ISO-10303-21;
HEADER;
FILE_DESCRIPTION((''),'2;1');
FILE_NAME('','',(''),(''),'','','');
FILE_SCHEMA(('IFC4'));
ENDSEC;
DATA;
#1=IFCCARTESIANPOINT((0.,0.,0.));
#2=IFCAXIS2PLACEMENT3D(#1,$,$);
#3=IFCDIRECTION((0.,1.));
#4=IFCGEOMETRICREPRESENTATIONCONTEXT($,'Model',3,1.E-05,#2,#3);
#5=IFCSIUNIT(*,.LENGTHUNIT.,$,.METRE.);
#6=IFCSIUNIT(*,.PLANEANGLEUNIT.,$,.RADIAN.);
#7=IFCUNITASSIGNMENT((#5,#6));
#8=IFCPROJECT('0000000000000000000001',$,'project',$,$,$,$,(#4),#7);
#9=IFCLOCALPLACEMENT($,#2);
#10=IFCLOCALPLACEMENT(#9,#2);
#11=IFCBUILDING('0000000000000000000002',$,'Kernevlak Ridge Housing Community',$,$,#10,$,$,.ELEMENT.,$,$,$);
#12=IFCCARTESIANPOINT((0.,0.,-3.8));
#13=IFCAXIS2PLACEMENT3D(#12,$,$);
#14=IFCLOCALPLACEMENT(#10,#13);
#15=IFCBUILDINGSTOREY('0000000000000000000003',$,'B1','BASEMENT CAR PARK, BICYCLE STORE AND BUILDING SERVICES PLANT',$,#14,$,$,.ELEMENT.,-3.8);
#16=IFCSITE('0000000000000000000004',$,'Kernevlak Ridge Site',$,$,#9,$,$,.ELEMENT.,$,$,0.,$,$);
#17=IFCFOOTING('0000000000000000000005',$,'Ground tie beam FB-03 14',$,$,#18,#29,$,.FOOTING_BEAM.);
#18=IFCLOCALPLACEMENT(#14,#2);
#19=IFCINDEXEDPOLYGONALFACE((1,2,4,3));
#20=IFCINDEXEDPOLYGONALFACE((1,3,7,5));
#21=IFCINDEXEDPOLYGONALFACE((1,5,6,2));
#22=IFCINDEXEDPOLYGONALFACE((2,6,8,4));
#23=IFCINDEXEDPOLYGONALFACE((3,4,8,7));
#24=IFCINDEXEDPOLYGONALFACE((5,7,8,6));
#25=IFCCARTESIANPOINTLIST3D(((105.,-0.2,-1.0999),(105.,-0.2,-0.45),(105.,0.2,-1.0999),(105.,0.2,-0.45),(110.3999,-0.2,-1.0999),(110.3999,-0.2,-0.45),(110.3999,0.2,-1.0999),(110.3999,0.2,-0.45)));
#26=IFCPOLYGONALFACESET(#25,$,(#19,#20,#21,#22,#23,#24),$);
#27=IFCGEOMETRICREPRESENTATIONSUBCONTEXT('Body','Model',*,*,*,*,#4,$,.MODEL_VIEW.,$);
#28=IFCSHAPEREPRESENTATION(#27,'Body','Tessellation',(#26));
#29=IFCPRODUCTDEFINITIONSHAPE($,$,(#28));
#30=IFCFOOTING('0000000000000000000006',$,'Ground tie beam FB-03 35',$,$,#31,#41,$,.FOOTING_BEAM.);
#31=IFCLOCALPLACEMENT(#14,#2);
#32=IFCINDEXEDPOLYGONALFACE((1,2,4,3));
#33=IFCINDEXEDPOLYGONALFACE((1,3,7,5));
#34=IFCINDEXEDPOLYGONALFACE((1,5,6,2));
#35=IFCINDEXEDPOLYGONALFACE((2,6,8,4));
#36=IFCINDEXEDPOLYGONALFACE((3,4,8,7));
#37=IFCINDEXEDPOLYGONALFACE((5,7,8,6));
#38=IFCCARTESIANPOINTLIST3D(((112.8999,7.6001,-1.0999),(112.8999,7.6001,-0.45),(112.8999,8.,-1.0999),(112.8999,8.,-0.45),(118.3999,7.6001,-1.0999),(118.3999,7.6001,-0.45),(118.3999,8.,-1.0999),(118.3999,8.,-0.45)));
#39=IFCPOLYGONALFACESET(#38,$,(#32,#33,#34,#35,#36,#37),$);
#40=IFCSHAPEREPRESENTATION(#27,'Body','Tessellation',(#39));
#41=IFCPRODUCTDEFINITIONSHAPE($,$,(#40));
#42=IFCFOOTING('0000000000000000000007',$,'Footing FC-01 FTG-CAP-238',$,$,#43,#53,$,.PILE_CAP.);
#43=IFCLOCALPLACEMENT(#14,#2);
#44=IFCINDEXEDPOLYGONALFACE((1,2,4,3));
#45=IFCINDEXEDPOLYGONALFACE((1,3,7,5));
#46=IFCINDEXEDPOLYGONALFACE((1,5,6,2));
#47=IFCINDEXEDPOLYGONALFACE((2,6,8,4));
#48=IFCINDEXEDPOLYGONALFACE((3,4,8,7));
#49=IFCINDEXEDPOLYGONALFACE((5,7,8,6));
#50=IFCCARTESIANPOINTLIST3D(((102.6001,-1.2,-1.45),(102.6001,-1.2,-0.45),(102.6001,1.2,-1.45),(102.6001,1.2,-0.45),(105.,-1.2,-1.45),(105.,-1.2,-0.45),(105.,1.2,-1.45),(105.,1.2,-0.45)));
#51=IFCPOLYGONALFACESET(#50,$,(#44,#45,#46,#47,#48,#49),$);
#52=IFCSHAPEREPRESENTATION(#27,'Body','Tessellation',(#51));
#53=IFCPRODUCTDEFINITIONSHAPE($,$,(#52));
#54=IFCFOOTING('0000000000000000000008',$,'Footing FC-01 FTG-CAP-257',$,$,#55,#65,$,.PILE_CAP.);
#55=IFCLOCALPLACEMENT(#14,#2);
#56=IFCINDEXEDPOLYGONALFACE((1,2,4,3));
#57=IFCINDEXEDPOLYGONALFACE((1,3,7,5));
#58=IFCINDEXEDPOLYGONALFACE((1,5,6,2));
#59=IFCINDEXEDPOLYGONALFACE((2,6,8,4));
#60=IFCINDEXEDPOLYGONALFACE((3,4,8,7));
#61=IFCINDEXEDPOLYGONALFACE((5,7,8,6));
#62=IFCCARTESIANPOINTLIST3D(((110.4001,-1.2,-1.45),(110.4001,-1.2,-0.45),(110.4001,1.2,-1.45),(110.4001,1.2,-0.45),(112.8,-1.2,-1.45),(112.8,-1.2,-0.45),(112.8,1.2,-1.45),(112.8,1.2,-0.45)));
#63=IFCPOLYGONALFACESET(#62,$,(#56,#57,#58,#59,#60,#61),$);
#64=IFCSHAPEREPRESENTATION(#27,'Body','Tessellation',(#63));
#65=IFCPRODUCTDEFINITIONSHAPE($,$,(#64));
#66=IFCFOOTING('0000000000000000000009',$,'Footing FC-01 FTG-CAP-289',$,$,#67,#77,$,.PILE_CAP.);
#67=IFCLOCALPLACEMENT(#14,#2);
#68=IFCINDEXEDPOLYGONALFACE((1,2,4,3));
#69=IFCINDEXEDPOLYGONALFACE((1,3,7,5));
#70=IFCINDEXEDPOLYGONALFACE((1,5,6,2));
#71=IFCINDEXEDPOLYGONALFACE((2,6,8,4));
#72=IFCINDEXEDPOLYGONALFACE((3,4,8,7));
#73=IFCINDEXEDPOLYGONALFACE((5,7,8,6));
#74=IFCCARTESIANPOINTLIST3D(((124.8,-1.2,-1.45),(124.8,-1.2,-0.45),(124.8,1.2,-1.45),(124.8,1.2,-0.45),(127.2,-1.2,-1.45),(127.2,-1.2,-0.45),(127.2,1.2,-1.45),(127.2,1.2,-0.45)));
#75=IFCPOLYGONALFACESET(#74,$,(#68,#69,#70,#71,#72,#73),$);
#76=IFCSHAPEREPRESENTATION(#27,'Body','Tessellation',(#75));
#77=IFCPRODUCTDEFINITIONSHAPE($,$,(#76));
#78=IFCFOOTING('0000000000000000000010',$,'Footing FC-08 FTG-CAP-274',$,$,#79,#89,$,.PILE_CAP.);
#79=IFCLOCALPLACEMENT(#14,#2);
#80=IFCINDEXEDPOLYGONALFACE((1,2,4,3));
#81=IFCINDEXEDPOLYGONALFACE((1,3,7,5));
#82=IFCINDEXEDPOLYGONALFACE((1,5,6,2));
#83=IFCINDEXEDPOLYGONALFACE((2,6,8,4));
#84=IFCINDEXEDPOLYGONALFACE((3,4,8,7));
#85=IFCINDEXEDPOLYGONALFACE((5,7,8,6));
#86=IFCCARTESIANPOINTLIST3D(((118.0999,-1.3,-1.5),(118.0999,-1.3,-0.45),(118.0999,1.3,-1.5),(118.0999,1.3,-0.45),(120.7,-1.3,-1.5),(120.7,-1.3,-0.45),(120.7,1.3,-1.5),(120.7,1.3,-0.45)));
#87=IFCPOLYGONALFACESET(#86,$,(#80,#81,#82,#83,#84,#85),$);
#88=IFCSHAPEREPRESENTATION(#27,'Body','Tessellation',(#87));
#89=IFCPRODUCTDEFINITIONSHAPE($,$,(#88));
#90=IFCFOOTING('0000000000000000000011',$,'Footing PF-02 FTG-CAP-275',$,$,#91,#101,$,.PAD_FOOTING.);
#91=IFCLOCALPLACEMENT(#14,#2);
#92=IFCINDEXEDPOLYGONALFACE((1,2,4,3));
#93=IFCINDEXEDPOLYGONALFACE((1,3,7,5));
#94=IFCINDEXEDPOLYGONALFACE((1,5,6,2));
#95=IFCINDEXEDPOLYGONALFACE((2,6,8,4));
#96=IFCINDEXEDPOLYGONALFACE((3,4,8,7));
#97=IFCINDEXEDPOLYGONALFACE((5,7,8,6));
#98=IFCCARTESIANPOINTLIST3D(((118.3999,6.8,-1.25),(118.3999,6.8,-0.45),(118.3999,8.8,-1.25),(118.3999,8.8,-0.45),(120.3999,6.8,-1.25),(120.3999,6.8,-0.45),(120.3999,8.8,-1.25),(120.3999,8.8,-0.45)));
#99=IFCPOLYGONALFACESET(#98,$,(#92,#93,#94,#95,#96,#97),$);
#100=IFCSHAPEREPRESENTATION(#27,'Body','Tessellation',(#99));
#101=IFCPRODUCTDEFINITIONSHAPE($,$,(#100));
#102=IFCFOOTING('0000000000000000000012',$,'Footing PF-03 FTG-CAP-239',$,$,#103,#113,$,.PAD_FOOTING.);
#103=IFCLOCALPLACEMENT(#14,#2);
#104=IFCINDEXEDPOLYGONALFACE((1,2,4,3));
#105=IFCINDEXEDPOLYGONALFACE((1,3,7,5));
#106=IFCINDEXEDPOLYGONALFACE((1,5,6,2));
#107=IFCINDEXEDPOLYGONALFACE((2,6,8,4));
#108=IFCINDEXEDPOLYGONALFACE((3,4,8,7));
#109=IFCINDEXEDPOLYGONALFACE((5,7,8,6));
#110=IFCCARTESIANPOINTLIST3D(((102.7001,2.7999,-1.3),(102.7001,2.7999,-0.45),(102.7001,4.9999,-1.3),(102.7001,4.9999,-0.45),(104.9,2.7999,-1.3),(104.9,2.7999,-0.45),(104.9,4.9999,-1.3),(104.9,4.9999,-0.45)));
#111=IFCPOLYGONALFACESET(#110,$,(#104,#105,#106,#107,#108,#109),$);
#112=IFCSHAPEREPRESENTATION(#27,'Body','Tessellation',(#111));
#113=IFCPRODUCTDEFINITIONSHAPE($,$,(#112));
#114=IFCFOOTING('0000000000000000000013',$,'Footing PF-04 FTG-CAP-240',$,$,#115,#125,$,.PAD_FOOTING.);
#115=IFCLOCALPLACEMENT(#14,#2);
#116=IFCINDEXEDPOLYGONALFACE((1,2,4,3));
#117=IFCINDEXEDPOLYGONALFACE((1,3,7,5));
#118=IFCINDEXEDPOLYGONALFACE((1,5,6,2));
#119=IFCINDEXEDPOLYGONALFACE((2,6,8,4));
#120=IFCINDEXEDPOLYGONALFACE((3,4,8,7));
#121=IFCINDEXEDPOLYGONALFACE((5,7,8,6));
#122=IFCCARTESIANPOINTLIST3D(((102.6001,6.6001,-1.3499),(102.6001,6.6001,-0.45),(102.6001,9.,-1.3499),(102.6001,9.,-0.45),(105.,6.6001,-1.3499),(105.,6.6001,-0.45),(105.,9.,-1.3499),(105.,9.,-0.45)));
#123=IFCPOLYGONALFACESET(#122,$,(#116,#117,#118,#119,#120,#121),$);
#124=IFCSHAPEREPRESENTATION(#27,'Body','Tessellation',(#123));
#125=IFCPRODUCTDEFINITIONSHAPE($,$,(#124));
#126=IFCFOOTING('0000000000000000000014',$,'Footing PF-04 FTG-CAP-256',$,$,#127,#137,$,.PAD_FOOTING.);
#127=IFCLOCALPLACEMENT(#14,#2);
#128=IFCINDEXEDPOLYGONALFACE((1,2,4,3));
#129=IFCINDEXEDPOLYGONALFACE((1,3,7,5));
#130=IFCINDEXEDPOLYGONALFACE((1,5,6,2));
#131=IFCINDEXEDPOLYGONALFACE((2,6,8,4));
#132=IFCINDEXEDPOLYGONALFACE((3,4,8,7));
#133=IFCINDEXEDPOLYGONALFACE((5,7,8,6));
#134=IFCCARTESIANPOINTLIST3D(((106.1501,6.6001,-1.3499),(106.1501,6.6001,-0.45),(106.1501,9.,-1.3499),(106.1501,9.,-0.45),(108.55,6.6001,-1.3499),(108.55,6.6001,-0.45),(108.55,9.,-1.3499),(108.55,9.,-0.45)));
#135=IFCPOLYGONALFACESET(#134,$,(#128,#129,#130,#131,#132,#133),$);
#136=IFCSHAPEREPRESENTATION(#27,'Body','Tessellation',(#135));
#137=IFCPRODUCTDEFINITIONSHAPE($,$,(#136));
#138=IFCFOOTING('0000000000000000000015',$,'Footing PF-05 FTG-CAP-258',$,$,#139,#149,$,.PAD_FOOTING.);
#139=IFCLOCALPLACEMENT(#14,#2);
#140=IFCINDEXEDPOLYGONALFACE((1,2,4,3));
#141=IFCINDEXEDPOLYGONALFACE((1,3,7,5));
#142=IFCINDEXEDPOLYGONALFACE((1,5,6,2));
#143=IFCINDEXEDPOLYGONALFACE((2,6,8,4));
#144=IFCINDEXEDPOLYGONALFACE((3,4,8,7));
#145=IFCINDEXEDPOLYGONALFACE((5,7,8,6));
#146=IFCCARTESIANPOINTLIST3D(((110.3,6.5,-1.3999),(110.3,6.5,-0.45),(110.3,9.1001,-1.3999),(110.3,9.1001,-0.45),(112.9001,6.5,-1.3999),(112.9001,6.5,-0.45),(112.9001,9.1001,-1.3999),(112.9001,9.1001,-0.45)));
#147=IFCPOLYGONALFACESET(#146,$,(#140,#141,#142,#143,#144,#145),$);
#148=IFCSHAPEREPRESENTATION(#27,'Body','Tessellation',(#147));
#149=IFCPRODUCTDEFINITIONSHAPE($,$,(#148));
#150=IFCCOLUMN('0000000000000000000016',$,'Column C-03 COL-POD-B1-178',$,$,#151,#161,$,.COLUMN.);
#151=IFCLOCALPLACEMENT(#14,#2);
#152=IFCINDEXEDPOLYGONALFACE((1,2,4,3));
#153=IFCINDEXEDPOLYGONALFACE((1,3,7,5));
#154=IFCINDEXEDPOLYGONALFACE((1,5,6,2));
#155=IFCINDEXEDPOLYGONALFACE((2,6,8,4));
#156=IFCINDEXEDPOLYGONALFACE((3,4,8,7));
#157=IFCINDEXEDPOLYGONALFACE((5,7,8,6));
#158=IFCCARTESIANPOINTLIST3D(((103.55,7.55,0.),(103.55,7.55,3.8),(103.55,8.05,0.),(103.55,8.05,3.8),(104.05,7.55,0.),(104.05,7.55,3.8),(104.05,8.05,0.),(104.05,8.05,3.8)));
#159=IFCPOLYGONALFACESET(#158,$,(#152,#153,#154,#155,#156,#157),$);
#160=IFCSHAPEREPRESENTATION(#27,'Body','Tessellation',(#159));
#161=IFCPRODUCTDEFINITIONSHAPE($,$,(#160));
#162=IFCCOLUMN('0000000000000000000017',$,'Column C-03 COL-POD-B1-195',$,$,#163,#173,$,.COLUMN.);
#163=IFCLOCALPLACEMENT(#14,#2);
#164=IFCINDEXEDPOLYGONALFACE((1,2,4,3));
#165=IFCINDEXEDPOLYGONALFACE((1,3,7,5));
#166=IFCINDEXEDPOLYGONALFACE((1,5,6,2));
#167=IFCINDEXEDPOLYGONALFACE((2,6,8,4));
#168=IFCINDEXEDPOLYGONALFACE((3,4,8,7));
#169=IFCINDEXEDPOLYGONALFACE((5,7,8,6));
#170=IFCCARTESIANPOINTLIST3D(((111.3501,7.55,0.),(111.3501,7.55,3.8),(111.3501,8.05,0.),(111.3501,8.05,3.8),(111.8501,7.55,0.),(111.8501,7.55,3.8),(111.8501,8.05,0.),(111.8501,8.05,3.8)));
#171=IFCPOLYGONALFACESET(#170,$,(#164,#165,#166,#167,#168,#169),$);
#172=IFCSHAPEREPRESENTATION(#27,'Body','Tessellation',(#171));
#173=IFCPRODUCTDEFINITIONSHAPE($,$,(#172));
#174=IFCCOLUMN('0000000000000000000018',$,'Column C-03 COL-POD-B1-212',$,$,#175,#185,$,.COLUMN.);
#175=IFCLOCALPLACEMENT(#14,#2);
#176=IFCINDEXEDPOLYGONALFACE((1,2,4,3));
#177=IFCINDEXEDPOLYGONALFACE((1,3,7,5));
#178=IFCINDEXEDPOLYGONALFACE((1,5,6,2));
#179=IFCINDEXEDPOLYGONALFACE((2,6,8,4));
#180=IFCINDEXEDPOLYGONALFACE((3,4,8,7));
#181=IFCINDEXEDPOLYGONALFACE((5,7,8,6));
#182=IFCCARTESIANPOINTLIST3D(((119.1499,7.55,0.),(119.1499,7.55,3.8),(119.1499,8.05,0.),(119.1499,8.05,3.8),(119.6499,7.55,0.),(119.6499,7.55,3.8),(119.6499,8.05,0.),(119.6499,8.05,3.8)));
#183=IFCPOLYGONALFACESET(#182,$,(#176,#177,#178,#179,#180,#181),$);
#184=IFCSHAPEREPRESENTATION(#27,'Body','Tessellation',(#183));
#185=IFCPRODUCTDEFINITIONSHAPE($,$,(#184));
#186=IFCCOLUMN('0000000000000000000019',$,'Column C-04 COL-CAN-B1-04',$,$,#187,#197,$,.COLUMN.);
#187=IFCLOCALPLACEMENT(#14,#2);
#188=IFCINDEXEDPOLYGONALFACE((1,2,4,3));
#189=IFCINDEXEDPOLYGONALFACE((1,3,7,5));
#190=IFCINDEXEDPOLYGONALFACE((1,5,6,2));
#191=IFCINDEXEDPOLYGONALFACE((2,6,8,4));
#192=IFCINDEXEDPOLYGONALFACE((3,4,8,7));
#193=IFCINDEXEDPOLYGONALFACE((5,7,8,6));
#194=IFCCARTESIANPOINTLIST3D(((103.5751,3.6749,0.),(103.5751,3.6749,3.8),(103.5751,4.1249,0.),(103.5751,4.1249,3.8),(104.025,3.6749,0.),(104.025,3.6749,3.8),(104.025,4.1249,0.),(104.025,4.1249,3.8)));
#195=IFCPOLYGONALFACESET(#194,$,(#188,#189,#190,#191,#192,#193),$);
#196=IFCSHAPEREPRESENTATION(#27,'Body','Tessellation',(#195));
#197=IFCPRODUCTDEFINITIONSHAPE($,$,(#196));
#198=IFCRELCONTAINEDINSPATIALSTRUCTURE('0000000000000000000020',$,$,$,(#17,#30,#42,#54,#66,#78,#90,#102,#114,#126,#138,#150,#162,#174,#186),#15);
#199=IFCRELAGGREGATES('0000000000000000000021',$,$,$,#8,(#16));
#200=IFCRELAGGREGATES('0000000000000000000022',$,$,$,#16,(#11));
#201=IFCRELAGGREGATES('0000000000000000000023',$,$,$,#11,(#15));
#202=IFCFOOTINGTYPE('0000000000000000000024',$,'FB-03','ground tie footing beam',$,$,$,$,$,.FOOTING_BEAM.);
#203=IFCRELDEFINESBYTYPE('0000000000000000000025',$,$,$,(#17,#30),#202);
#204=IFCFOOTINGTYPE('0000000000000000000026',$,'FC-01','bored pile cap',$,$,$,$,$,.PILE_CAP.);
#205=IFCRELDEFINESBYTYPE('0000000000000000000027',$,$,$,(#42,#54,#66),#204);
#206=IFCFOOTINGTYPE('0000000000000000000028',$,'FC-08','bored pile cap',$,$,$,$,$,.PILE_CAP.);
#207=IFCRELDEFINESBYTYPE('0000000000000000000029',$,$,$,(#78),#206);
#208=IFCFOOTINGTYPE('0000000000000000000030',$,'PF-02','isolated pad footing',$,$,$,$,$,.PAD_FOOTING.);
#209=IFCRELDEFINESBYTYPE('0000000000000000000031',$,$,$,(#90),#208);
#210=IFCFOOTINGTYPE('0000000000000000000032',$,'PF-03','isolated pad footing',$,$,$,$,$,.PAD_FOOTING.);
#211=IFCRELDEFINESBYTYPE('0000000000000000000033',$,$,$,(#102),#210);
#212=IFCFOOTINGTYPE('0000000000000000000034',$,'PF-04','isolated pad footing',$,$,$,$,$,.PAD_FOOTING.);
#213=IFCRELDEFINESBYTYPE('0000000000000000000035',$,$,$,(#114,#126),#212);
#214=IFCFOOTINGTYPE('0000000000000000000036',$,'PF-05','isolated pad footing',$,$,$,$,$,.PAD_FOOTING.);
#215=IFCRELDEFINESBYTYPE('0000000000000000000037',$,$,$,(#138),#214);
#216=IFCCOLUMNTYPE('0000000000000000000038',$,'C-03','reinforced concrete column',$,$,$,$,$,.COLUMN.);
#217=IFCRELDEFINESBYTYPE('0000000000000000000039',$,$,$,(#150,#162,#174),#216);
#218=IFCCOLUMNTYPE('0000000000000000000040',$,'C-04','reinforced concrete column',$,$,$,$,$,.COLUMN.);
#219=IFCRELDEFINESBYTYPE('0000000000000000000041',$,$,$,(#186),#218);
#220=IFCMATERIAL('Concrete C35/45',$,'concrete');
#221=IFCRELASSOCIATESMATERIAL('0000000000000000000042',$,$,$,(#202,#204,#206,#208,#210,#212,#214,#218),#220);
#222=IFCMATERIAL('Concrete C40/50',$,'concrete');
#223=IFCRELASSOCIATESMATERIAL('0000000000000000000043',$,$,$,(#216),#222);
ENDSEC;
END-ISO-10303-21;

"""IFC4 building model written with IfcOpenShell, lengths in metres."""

from ifc_helpers import new_model, si_unit, direction, frame, origin, origin_2d, place, context, subcontext, project, spatial, rectangle, extrude, material, material_profile, profile_set, type_object, element, save


model = new_model("IFC4")

# Units and contexts
model_context = context("Model", 3, precision=1e-05, world=origin(), true_north=direction((0.0, 1.0)))
body_context = subcontext(model_context, "Body", "Model", "MODEL_VIEW")
ifc_project = project(units=[si_unit("LENGTHUNIT", "METRE"), si_unit("PLANEANGLEUNIT", "RADIAN")], contexts=[model_context])

# Site, building, storey
site_placement = place(None, origin())
site = spatial("IfcSite", under=ifc_project, at=site_placement, Name="Kernevlak Ridge Site", CompositionType="ELEMENT", RefElevation=0.0)
building_placement = place(site_placement, origin())
building = spatial("IfcBuilding", under=site, at=building_placement, Name="Kernevlak Ridge Housing Community", CompositionType="ELEMENT")
storey_placement = place(building_placement, frame((0.0, 0.0, -3.8)))
storey = spatial("IfcBuildingStorey", under=building, at=storey_placement, Name="B1", Description="BASEMENT CAR PARK, BICYCLE STORE AND BUILDING SERVICES PLANT", CompositionType="ELEMENT", Elevation=-3.8)

# Shared definitions
ifc_material_1 = material(Name="Concrete C35/45", Category="concrete")

# Footings
ifc_material_profile_1 = material_profile(ifc_material_1, rectangle(XDim=0.3999, YDim=0.6499, at=origin_2d()), Name="RC 400x650")
ifc_profile_set_1 = profile_set([ifc_material_profile_1], Name="Concrete C35/45")
footing_type_1 = type_object("IfcFootingType", Name="FB-03", Description="ground tie footing beam", PredefinedType="FOOTING_BEAM", material=ifc_profile_set_1)
footing_1_placement = place(storey_placement, frame((105.0, 0.0, -0.7749), z_axis=(1.0, 0.0, 0.0), x_axis=(0.0, 1.0, 0.0)))
element("IfcFooting", 1, at=footing_1_placement, inside=storey, type_object=footing_type_1, Name="Ground tie beam FB-03 14", PredefinedType="FOOTING_BEAM", context=body_context, shape_type="SweptSolid", body=[
    extrude(rectangle(XDim=0.3999, YDim=0.6499, at=origin_2d()), origin(), (0.0, 0.0, 1.0), 5.3999),
])
footing_2_placement = place(storey_placement, frame((112.8999, 7.8, -0.7749), z_axis=(1.0, 0.0, 0.0), x_axis=(0.0, 1.0, 0.0)))
element("IfcFooting", 2, at=footing_2_placement, inside=storey, type_object=footing_type_1, Name="Ground tie beam FB-03 35", PredefinedType="FOOTING_BEAM", context=body_context, shape_type="SweptSolid", body=[
    extrude(rectangle(XDim=0.3999, YDim=0.6499, at=origin_2d()), origin(), (0.0, 0.0, 1.0), 5.5),
])
footing_type_2 = type_object("IfcFootingType", Name="FC-01", Description="bored pile cap", PredefinedType="PILE_CAP", material=ifc_material_1)
for number, where, z_axis, x_axis, name in (
    (3, (103.8, 0.0, -1.45), (0.0, 0.0, 1.0), (1.0, 0.0, 0.0), "Footing FC-01 FTG-CAP-238"),
    (4, (111.6001, 0.0, -1.45), (0.0, 0.0, 1.0), (1.0, 0.0, 0.0), "Footing FC-01 FTG-CAP-257"),
    (5, (126.0, 0.0, -1.45), (0.0, 0.0, 1.0), (1.0, 0.0, 0.0), "Footing FC-01 FTG-CAP-289"),
):
    element("IfcFooting", number, at=place(storey_placement, frame(where, z_axis=z_axis, x_axis=x_axis)), inside=storey, type_object=footing_type_2, Name=name, PredefinedType="PILE_CAP", context=body_context, shape_type="SweptSolid", body=[
        extrude(rectangle(XDim=2.3999, YDim=2.3999, at=origin_2d()), origin(), (0.0, 0.0, 1.0), 1.0),
    ])
footing_type_3 = type_object("IfcFootingType", Name="FC-08", Description="bored pile cap", PredefinedType="PILE_CAP", material=ifc_material_1)
footing_3_placement = place(storey_placement, frame((119.3999, 0.0, -1.5), z_axis=(0.0, 0.0, 1.0), x_axis=(1.0, 0.0, 0.0)))
element("IfcFooting", 6, at=footing_3_placement, inside=storey, type_object=footing_type_3, Name="Footing FC-08 FTG-CAP-274", PredefinedType="PILE_CAP", context=body_context, shape_type="SweptSolid", body=[
    extrude(rectangle(XDim=2.6001, YDim=2.6001, at=origin_2d()), origin(), (0.0, 0.0, 1.0), 1.05),
])
footing_type_4 = type_object("IfcFootingType", Name="PF-02", Description="isolated pad footing", PredefinedType="PAD_FOOTING", material=ifc_material_1)
footing_4_placement = place(storey_placement, frame((119.3999, 7.8, -1.25), z_axis=(0.0, 0.0, 1.0), x_axis=(1.0, 0.0, 0.0)))
element("IfcFooting", 7, at=footing_4_placement, inside=storey, type_object=footing_type_4, Name="Footing PF-02 FTG-CAP-275", PredefinedType="PAD_FOOTING", context=body_context, shape_type="SweptSolid", body=[
    extrude(rectangle(XDim=2.0, YDim=2.0, at=origin_2d()), origin(), (0.0, 0.0, 1.0), 0.8),
])
footing_type_5 = type_object("IfcFootingType", Name="PF-03", Description="isolated pad footing", PredefinedType="PAD_FOOTING", material=ifc_material_1)
footing_5_placement = place(storey_placement, frame((103.8, 3.8999, -1.3), z_axis=(0.0, 0.0, 1.0), x_axis=(1.0, 0.0, 0.0)))
element("IfcFooting", 8, at=footing_5_placement, inside=storey, type_object=footing_type_5, Name="Footing PF-03 FTG-CAP-239", PredefinedType="PAD_FOOTING", context=body_context, shape_type="SweptSolid", body=[
    extrude(rectangle(XDim=2.2, YDim=2.2, at=origin_2d()), origin(), (0.0, 0.0, 1.0), 0.8501),
])
footing_type_6 = type_object("IfcFootingType", Name="PF-04", Description="isolated pad footing", PredefinedType="PAD_FOOTING", material=ifc_material_1)
for number, where, z_axis, x_axis, name in (
    (9, (103.8, 7.8, -1.3499), (0.0, 0.0, 1.0), (1.0, 0.0, 0.0), "Footing PF-04 FTG-CAP-240"),
    (10, (107.3501, 7.8, -1.3499), (0.0, 0.0, 1.0), (1.0, 0.0, 0.0), "Footing PF-04 FTG-CAP-256"),
):
    element("IfcFooting", number, at=place(storey_placement, frame(where, z_axis=z_axis, x_axis=x_axis)), inside=storey, type_object=footing_type_6, Name=name, PredefinedType="PAD_FOOTING", context=body_context, shape_type="SweptSolid", body=[
        extrude(rectangle(XDim=2.3999, YDim=2.3999, at=origin_2d()), origin(), (0.0, 0.0, 1.0), 0.8999),
    ])
footing_type_7 = type_object("IfcFootingType", Name="PF-05", Description="isolated pad footing", PredefinedType="PAD_FOOTING", material=ifc_material_1)
footing_6_placement = place(storey_placement, frame((111.6001, 7.8, -1.3999), z_axis=(0.0, 0.0, 1.0), x_axis=(1.0, 0.0, 0.0)))
element("IfcFooting", 11, at=footing_6_placement, inside=storey, type_object=footing_type_7, Name="Footing PF-05 FTG-CAP-258", PredefinedType="PAD_FOOTING", context=body_context, shape_type="SweptSolid", body=[
    extrude(rectangle(XDim=2.6001, YDim=2.6001, at=origin_2d()), origin(), (0.0, 0.0, 1.0), 0.95),
])

# Columns
ifc_material_2 = material(Name="Concrete C40/50", Category="concrete")
ifc_material_profile_2 = material_profile(ifc_material_2, rectangle(XDim=0.5, YDim=0.5, at=origin_2d()), Name="RC 500x500")
ifc_profile_set_2 = profile_set([ifc_material_profile_2], Name="Concrete C40/50")
column_type_1 = type_object("IfcColumnType", Name="C-03", Description="reinforced concrete column", PredefinedType="COLUMN", material=ifc_profile_set_2)
for number, where, z_axis, x_axis, name in (
    (12, (103.8, 7.8, 0.0), (0.0, 0.0, 1.0), (1.0, 0.0, 0.0), "Column C-03 COL-POD-B1-178"),
    (13, (111.6001, 7.8, 0.0), (0.0, 0.0, 1.0), (1.0, 0.0, 0.0), "Column C-03 COL-POD-B1-195"),
    (14, (119.3999, 7.8, 0.0), (0.0, 0.0, 1.0), (1.0, 0.0, 0.0), "Column C-03 COL-POD-B1-212"),
):
    element("IfcColumn", number, at=place(storey_placement, frame(where, z_axis=z_axis, x_axis=x_axis)), inside=storey, type_object=column_type_1, Name=name, PredefinedType="COLUMN", context=body_context, shape_type="SweptSolid", body=[
        extrude(rectangle(XDim=0.5, YDim=0.5, at=origin_2d()), origin(), (0.0, 0.0, 1.0), 3.8),
    ])
ifc_material_profile_3 = material_profile(ifc_material_1, rectangle(XDim=0.45, YDim=0.45, at=origin_2d()), Name="RC 450x450")
ifc_profile_set_3 = profile_set([ifc_material_profile_3], Name="Concrete C35/45")
column_type_2 = type_object("IfcColumnType", Name="C-04", Description="reinforced concrete column", PredefinedType="COLUMN", material=ifc_profile_set_3)
column_1_placement = place(storey_placement, frame((103.8, 3.8999, 0.0), z_axis=(0.0, 0.0, 1.0), x_axis=(1.0, 0.0, 0.0)))
element("IfcColumn", 15, at=column_1_placement, inside=storey, type_object=column_type_2, Name="Column C-04 COL-CAN-B1-04", PredefinedType="COLUMN", context=body_context, shape_type="SweptSolid", body=[
    extrude(rectangle(XDim=0.45, YDim=0.45, at=origin_2d()), origin(), (0.0, 0.0, 1.0), 3.8),
])

save(model, "model.ifc")
